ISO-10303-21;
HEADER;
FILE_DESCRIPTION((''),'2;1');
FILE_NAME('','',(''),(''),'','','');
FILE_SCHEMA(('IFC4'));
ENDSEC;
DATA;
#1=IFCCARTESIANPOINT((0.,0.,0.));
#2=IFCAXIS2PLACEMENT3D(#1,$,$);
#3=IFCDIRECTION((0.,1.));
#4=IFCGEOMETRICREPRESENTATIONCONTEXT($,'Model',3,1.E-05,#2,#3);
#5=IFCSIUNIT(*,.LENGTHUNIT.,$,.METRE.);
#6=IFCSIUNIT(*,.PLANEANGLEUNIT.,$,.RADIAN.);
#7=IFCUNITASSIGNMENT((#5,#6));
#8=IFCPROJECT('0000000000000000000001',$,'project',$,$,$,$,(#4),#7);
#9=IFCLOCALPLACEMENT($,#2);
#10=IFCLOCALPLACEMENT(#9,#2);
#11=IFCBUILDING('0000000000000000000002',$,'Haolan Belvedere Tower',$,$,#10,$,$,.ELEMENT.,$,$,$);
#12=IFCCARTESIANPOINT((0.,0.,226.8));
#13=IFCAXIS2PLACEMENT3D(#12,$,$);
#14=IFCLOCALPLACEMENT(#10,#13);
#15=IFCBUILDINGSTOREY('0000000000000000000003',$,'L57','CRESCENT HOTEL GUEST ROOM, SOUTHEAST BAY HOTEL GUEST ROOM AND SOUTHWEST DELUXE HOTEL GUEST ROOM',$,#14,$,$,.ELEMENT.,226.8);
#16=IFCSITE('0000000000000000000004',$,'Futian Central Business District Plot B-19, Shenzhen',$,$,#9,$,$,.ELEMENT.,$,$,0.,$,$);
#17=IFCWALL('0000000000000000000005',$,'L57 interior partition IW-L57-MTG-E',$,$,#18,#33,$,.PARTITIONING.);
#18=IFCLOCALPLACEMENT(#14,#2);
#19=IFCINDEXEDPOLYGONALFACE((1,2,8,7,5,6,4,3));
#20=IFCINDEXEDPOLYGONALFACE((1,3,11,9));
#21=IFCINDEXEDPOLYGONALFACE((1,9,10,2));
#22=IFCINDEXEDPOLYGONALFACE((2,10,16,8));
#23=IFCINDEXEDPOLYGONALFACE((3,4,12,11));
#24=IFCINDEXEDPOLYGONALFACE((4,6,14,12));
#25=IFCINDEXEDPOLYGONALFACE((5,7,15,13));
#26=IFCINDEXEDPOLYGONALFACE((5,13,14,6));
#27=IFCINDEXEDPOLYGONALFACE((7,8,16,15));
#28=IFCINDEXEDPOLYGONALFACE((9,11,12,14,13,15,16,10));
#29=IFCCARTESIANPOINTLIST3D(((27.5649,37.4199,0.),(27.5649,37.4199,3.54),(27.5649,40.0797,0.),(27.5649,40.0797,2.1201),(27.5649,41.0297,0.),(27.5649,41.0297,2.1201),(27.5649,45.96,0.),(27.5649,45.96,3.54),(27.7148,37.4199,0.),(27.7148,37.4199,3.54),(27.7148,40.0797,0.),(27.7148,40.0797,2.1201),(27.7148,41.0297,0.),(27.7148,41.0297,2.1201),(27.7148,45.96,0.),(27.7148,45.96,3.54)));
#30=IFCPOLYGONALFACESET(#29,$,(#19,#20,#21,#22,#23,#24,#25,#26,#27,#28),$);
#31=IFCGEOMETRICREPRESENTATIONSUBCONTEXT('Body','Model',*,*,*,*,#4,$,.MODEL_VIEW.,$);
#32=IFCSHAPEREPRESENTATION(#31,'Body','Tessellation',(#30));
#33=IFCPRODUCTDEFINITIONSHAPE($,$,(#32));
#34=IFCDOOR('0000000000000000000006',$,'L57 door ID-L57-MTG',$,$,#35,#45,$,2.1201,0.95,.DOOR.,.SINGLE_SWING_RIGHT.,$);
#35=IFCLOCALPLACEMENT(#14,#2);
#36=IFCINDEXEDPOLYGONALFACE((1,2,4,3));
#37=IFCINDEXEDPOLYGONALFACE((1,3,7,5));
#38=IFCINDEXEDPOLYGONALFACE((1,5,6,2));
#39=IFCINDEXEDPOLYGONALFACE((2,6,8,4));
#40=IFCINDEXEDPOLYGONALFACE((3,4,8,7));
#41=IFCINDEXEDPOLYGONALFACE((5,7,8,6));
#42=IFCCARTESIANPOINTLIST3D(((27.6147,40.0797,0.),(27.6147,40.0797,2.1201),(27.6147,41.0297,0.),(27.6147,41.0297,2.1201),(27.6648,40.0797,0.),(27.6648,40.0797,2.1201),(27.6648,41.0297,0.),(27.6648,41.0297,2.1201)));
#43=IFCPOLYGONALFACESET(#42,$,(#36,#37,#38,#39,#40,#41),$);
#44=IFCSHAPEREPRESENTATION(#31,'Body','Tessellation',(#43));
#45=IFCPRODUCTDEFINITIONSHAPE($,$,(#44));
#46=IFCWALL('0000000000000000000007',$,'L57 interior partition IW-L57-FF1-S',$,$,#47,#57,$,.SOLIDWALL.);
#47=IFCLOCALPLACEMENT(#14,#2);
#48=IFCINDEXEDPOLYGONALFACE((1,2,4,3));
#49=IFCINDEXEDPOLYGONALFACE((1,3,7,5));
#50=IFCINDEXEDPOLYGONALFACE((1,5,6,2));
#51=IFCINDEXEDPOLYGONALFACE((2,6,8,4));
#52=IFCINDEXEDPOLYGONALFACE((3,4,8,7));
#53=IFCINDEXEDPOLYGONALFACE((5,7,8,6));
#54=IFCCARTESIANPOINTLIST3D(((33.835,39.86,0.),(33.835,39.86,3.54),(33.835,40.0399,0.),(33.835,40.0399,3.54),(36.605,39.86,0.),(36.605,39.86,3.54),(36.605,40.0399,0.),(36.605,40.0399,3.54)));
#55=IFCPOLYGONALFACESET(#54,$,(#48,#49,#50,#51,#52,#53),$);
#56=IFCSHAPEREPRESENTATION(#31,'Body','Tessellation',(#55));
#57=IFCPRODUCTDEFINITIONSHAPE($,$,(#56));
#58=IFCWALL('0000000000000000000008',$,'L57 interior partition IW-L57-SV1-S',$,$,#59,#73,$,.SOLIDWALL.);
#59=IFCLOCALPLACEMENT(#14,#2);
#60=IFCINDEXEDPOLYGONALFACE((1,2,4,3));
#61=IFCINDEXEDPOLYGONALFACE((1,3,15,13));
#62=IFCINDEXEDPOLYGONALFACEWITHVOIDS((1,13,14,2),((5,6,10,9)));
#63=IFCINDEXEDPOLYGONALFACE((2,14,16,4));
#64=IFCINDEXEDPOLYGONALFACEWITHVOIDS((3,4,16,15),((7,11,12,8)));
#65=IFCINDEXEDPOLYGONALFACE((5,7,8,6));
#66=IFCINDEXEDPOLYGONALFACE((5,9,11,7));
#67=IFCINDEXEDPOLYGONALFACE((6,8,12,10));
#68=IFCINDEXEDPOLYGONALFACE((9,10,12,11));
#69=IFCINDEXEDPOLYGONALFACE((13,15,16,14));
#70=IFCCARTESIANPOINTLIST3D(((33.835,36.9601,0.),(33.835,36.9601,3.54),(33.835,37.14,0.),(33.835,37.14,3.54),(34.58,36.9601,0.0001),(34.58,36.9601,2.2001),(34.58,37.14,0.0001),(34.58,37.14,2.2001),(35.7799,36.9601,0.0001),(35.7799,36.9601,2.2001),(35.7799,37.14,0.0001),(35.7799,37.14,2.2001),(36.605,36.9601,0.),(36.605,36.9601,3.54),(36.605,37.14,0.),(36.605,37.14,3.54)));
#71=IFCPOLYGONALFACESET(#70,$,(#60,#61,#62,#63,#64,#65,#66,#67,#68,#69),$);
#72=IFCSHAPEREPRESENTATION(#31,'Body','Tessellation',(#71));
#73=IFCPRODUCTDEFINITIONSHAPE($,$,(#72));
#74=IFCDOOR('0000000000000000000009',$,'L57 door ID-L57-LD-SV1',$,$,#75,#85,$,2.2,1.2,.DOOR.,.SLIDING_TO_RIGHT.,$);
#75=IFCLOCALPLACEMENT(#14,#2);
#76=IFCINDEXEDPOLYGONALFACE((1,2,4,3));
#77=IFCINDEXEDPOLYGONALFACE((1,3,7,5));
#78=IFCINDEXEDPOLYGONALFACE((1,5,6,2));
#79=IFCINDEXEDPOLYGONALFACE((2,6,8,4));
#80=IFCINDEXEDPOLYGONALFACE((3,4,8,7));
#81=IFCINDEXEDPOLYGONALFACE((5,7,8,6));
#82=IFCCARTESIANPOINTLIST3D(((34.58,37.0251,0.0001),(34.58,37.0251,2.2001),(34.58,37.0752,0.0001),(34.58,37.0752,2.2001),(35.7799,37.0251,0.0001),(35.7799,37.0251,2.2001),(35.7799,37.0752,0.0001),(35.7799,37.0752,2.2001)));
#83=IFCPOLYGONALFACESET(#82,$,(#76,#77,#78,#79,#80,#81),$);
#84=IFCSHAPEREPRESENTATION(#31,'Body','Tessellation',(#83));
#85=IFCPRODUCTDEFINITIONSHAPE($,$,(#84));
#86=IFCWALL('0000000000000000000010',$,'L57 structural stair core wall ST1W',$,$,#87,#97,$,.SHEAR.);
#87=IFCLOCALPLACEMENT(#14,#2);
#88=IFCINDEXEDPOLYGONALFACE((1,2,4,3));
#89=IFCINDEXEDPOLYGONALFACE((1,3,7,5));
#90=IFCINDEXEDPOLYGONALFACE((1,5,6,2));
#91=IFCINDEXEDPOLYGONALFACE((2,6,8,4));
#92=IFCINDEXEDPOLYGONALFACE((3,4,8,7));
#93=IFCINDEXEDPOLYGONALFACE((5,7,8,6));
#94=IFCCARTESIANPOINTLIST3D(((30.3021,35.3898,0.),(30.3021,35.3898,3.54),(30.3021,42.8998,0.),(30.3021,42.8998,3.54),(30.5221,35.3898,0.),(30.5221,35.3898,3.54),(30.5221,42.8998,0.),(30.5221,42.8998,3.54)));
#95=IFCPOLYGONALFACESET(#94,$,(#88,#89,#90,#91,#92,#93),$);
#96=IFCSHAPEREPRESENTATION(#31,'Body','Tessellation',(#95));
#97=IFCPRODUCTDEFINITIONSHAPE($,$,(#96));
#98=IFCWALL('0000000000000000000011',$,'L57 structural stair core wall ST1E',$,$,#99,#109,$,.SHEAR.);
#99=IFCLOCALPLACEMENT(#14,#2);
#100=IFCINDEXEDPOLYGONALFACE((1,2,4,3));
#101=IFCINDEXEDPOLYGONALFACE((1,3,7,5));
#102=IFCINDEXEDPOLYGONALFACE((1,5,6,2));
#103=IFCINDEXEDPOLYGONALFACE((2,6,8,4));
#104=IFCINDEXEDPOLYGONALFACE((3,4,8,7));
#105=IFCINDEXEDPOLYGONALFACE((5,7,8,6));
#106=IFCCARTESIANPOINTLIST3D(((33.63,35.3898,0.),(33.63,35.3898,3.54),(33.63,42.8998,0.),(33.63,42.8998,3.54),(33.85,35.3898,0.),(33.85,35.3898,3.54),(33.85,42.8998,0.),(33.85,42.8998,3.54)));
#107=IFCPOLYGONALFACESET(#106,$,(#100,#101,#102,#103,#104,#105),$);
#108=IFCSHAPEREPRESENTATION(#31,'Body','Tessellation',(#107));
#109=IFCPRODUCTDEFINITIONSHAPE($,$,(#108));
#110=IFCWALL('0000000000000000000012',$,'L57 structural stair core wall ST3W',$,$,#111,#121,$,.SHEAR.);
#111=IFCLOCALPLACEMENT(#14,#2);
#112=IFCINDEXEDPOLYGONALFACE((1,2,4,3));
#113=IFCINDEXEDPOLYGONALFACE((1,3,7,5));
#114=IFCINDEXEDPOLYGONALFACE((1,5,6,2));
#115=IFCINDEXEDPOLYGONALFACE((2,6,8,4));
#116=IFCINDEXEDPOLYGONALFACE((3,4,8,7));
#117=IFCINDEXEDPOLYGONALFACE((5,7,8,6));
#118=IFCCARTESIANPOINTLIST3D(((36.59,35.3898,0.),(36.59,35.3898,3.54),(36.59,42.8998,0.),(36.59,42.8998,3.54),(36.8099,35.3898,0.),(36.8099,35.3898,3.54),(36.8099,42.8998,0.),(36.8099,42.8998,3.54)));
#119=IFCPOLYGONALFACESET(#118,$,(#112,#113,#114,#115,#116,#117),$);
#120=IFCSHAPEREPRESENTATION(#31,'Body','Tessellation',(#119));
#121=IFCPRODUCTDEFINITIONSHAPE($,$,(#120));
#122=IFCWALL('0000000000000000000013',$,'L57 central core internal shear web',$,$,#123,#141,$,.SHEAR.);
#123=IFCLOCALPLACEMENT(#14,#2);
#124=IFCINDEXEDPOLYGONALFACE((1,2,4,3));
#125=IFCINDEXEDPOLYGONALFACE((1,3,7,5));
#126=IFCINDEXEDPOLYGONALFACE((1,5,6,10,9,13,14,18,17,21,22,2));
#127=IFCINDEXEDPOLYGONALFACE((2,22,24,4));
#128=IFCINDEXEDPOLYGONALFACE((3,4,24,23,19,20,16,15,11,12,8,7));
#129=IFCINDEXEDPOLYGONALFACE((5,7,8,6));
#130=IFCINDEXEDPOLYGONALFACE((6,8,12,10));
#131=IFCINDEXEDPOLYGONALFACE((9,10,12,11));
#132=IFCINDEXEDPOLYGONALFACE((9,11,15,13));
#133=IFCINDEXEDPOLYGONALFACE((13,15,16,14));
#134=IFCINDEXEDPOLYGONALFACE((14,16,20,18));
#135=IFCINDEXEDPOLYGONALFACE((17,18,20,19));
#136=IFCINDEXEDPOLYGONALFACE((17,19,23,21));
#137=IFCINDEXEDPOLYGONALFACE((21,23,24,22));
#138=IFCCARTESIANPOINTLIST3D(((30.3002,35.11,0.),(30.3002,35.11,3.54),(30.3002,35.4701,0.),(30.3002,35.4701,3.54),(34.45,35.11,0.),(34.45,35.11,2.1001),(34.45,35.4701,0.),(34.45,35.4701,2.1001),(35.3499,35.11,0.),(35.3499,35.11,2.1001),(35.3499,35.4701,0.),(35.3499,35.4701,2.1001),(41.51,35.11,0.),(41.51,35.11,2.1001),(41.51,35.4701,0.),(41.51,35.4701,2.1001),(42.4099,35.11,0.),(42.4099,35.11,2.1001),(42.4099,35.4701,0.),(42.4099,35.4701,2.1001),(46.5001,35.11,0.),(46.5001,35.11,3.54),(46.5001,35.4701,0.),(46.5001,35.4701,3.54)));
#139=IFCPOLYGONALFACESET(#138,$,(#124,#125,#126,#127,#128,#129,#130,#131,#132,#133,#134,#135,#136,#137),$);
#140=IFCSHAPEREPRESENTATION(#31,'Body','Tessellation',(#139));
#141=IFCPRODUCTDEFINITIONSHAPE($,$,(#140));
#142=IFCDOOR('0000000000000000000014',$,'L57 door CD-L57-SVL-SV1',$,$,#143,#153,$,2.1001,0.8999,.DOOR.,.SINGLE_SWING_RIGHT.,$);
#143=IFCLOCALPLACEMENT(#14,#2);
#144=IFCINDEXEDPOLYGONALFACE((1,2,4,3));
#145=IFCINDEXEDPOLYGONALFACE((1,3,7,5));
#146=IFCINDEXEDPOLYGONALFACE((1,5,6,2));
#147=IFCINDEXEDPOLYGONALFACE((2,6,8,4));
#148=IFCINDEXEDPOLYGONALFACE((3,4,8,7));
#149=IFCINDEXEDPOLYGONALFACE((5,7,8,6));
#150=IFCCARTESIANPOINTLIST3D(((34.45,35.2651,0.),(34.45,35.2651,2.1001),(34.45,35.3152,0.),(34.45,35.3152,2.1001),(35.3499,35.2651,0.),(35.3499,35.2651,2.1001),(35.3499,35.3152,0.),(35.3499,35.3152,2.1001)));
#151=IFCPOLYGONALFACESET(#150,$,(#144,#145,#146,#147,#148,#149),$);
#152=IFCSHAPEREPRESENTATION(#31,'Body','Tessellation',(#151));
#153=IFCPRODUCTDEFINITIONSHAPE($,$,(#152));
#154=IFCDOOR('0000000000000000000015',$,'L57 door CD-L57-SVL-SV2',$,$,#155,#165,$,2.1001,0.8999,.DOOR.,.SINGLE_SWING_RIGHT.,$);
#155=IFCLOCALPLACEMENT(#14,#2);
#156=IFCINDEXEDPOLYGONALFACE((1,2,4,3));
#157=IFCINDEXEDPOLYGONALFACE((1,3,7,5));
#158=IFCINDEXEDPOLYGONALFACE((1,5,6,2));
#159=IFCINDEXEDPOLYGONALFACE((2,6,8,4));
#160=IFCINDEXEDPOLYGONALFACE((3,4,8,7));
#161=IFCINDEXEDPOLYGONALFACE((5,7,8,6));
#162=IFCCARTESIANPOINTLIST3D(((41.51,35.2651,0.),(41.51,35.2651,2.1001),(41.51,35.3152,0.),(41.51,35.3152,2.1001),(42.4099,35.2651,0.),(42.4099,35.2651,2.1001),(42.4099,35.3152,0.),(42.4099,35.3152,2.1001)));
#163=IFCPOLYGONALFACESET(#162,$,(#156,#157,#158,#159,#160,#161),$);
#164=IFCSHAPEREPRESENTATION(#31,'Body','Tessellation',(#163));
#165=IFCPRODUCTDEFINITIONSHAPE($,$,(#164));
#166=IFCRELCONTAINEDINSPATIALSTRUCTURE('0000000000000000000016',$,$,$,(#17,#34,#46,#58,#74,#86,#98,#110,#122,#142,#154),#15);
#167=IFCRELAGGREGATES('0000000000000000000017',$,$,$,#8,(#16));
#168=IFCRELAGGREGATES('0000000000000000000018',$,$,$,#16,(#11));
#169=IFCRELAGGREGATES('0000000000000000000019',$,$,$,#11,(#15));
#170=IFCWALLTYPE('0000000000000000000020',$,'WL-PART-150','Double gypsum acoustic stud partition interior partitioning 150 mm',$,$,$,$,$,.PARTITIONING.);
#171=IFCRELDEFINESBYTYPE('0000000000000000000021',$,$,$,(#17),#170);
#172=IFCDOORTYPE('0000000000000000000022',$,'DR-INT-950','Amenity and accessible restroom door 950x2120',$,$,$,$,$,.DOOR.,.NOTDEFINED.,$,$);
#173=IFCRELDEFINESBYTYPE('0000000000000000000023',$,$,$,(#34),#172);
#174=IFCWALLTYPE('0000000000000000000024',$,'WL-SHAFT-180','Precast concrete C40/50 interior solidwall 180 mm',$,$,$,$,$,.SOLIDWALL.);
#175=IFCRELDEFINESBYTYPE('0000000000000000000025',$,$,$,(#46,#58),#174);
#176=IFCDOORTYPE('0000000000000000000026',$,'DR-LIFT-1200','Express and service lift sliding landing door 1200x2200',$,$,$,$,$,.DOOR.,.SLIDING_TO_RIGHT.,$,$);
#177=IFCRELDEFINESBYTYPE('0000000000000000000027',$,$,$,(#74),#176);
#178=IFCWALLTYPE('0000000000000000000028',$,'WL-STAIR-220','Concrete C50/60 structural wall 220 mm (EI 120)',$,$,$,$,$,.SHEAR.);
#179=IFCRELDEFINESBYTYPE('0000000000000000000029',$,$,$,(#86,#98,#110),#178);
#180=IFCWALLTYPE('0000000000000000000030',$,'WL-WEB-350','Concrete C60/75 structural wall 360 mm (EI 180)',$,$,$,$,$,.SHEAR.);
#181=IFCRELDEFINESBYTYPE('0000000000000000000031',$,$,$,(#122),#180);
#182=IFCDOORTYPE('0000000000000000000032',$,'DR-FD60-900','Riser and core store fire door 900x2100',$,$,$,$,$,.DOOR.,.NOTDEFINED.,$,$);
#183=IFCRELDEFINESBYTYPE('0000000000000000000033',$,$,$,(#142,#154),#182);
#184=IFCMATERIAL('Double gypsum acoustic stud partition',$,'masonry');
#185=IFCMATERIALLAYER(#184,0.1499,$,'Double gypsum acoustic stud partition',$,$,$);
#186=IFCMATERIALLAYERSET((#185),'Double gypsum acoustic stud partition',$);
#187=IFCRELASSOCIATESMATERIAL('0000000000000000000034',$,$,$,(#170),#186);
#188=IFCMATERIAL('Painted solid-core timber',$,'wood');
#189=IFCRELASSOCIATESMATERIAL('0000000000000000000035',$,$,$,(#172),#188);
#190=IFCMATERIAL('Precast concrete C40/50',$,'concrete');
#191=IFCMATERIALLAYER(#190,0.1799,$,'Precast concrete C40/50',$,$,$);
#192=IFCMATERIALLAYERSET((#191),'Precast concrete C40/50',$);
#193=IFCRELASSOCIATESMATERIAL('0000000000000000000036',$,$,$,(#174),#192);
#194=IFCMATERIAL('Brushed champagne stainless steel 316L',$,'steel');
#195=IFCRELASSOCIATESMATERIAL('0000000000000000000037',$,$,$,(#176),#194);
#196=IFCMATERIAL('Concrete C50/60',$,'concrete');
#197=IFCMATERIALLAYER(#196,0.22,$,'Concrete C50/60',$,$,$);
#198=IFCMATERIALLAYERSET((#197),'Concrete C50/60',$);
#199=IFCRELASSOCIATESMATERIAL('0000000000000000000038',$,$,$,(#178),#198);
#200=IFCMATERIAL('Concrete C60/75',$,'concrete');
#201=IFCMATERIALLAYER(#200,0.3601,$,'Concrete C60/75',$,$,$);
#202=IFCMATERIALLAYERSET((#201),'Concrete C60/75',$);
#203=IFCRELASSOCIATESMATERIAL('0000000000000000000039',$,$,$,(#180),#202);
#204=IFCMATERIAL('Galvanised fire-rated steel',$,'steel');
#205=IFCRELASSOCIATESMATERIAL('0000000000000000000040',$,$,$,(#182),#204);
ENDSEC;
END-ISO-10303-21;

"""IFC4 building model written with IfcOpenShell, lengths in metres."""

from ifc_helpers import new_model, si_unit, direction, frame, frame_2d, origin, place, context, subcontext, project, spatial, rectangle, extrude, material, layer, layer_set, type_object, element, fill, save


model = new_model("IFC4")

# Units and contexts
model_context = context("Model", 3, precision=1e-05, world=origin(), true_north=direction((0.0, 1.0)))
body_context = subcontext(model_context, "Body", "Model", "MODEL_VIEW")
ifc_project = project(units=[si_unit("LENGTHUNIT", "METRE"), si_unit("PLANEANGLEUNIT", "RADIAN")], contexts=[model_context])

# Site, building, storey
site_placement = place(None, origin())
site = spatial("IfcSite", under=ifc_project, at=site_placement, Name="Futian Central Business District Plot B-19, Shenzhen", CompositionType="ELEMENT", RefElevation=0.0)
building_placement = place(site_placement, origin())
building = spatial("IfcBuilding", under=site, at=building_placement, Name="Haolan Belvedere Tower", CompositionType="ELEMENT")
storey_placement = place(building_placement, frame((0.0, 0.0, 226.8)))
storey = spatial("IfcBuildingStorey", under=building, at=storey_placement, Name="L57", Description="CRESCENT HOTEL GUEST ROOM, SOUTHEAST BAY HOTEL GUEST ROOM AND SOUTHWEST DELUXE HOTEL GUEST ROOM", CompositionType="ELEMENT", Elevation=226.8)

# Wall, opening, door
ifc_material_1 = material(Name="Double gypsum acoustic stud partition", Category="masonry")
ifc_layer_1 = layer(ifc_material_1, 0.1499, Name="Double gypsum acoustic stud partition")
ifc_layer_set_1 = layer_set([ifc_layer_1], Name="Double gypsum acoustic stud partition")
wall_type_1 = type_object("IfcWallType", Name="WL-PART-150", Description="Double gypsum acoustic stud partition interior partitioning 150 mm", PredefinedType="PARTITIONING", material=ifc_layer_set_1)
ifc_material_2 = material(Name="Painted solid-core timber", Category="wood")
door_type_1 = type_object("IfcDoorType", Name="DR-INT-950", Description="Amenity and accessible restroom door 950x2120", OperationType="NOTDEFINED", PredefinedType="DOOR", material=ifc_material_2)
wall_1_placement = place(storey_placement, frame((27.6399, 37.4199, 0.0), z_axis=(0.0, 0.0, 1.0), x_axis=(0.0, 1.0, 0.0)))
wall_1 = element("IfcWall", 1, at=wall_1_placement, inside=storey, type_object=wall_type_1, Name="L57 interior partition IW-L57-MTG-E", PredefinedType="PARTITIONING", context=body_context, shape_type="SweptSolid", body=[
    extrude(rectangle(XDim=8.54, YDim=0.1499, at=frame_2d((4.27, 0.0))), origin(), (0.0, 0.0, 1.0), 3.54),
])
opening_1_placement = place(wall_1_placement, frame((3.6099, 0.0, 0.0), z_axis=(0.0, 0.0, 1.0), x_axis=(-1.0, 0.0, 0.0)))
opening_1 = element("IfcOpeningElement", 2, at=opening_1_placement, cuts=wall_1, PredefinedType="OPENING", context=body_context, shape_type="SweptSolid", body=[
    extrude(rectangle(XDim=0.95, YDim=2.1201, at=frame_2d((0.4751, 1.0601))), frame((0.0, 0.085, 0.0), z_axis=(0.0, -1.0, 0.0), x_axis=(1.0, 0.0, 0.0)), (0.0, 0.0, 1.0), 0.1699),
])
door_1_placement = place(opening_1_placement, origin())
door_1 = element("IfcDoor", 3, at=door_1_placement, inside=storey, type_object=door_type_1, Name="L57 door ID-L57-MTG", OperationType="SINGLE_SWING_RIGHT", OverallHeight=2.1201, OverallWidth=0.95, PredefinedType="DOOR", context=body_context, shape_type="SweptSolid", body=[
    extrude(rectangle(XDim=0.95, YDim=2.1201, at=frame_2d((0.4751, 1.0601))), frame((0.0, 0.0249, 0.0), z_axis=(0.0, -1.0, 0.0), x_axis=(1.0, 0.0, 0.0)), (0.0, 0.0, 1.0), 0.05),
])
fill(opening_1, door_1)

# Wall
ifc_material_3 = material(Name="Precast concrete C40/50", Category="concrete")
ifc_layer_2 = layer(ifc_material_3, 0.1799, Name="Precast concrete C40/50")
ifc_layer_set_2 = layer_set([ifc_layer_2], Name="Precast concrete C40/50")
wall_type_2 = type_object("IfcWallType", Name="WL-SHAFT-180", Description="Precast concrete C40/50 interior solidwall 180 mm", PredefinedType="SOLIDWALL", material=ifc_layer_set_2)
wall_2_placement = place(storey_placement, frame((33.835, 39.95, 0.0), z_axis=(0.0, 0.0, 1.0), x_axis=(1.0, 0.0, 0.0)))
element("IfcWall", 4, at=wall_2_placement, inside=storey, type_object=wall_type_2, Name="L57 interior partition IW-L57-FF1-S", PredefinedType="SOLIDWALL", context=body_context, shape_type="SweptSolid", body=[
    extrude(rectangle(XDim=2.77, YDim=0.1799, at=frame_2d((1.385, 0.0))), origin(), (0.0, 0.0, 1.0), 3.54),
])

# Wall, opening, door
wall_3_placement = place(storey_placement, frame((33.835, 37.05, 0.0), z_axis=(0.0, 0.0, 1.0), x_axis=(1.0, 0.0, 0.0)))
wall_3 = element("IfcWall", 5, at=wall_3_placement, inside=storey, type_object=wall_type_2, Name="L57 interior partition IW-L57-SV1-S", PredefinedType="SOLIDWALL", context=body_context, shape_type="SweptSolid", body=[
    extrude(rectangle(XDim=2.77, YDim=0.1799, at=frame_2d((1.385, 0.0))), origin(), (0.0, 0.0, 1.0), 3.54),
])
opening_2_placement = place(wall_3_placement, frame((1.9451, 0.0, 0.0), z_axis=(0.0, 0.0, 1.0), x_axis=(-1.0, 0.0, 0.0)))
opening_2 = element("IfcOpeningElement", 6, at=opening_2_placement, cuts=wall_3, PredefinedType="OPENING", context=body_context, shape_type="SweptSolid", body=[
    extrude(rectangle(XDim=1.2, YDim=2.2, at=frame_2d((0.6001, 1.1001))), frame((0.0, 0.0999, 0.0), z_axis=(0.0, -1.0, 0.0), x_axis=(1.0, 0.0, 0.0)), (0.0, 0.0, 1.0), 0.2),
])
ifc_material_4 = material(Name="Brushed champagne stainless steel 316L", Category="steel")
door_type_2 = type_object("IfcDoorType", Name="DR-LIFT-1200", Description="Express and service lift sliding landing door 1200x2200", OperationType="SLIDING_TO_RIGHT", PredefinedType="DOOR", material=ifc_material_4)
door_2_placement = place(opening_2_placement, origin())
door_2 = element("IfcDoor", 7, at=door_2_placement, inside=storey, type_object=door_type_2, Name="L57 door ID-L57-LD-SV1", OperationType="SLIDING_TO_RIGHT", OverallHeight=2.2, OverallWidth=1.2, PredefinedType="DOOR", context=body_context, shape_type="SweptSolid", body=[
    extrude(rectangle(XDim=1.2, YDim=2.2, at=frame_2d((0.6001, 1.1001))), frame((0.0, 0.0249, 0.0), z_axis=(0.0, -1.0, 0.0), x_axis=(1.0, 0.0, 0.0)), (0.0, 0.0, 1.0), 0.05),
])
fill(opening_2, door_2)

# Walls
ifc_material_5 = material(Name="Concrete C50/60", Category="concrete")
ifc_layer_3 = layer(ifc_material_5, 0.22, Name="Concrete C50/60")
ifc_layer_set_3 = layer_set([ifc_layer_3], Name="Concrete C50/60")
wall_type_3 = type_object("IfcWallType", Name="WL-STAIR-220", Description="Concrete C50/60 structural wall 220 mm (EI 120)", PredefinedType="SHEAR", material=ifc_layer_set_3)
for number, where, z_axis, x_axis, name in (
    (8, (30.4121, 35.3899, 0.0), (0.0, 0.0, 1.0), (0.0, 1.0, 0.0), "L57 structural stair core wall ST1W"),
    (9, (33.74, 35.3899, 0.0), (0.0, 0.0, 1.0), (0.0, 1.0, 0.0), "L57 structural stair core wall ST1E"),
    (10, (36.7, 35.3899, 0.0), (0.0, 0.0, 1.0), (0.0, 1.0, 0.0), "L57 structural stair core wall ST3W"),
):
    element("IfcWall", number, at=place(storey_placement, frame(where, z_axis=z_axis, x_axis=x_axis)), inside=storey, type_object=wall_type_3, Name=name, PredefinedType="SHEAR", context=body_context, shape_type="SweptSolid", body=[
        extrude(rectangle(XDim=7.51, YDim=0.22, at=frame_2d((3.7549, 0.0))), origin(), (0.0, 0.0, 1.0), 3.54),
    ])

# Wall, openings, doors
ifc_material_6 = material(Name="Concrete C60/75", Category="concrete")
ifc_layer_4 = layer(ifc_material_6, 0.3601, Name="Concrete C60/75")
ifc_layer_set_4 = layer_set([ifc_layer_4], Name="Concrete C60/75")
wall_type_4 = type_object("IfcWallType", Name="WL-WEB-350", Description="Concrete C60/75 structural wall 360 mm (EI 180)", PredefinedType="SHEAR", material=ifc_layer_set_4)
wall_4_placement = place(storey_placement, frame((30.3, 35.29, 0.0), z_axis=(0.0, 0.0, 1.0), x_axis=(1.0, 0.0, 0.0)))
wall_4 = element("IfcWall", 11, at=wall_4_placement, inside=storey, type_object=wall_type_4, Name="L57 central core internal shear web", PredefinedType="SHEAR", context=body_context, shape_type="SweptSolid", body=[
    extrude(rectangle(XDim=16.2, YDim=0.3601, at=frame_2d((8.1001, 0.0))), origin(), (0.0, 0.0, 1.0), 3.54),
])
opening_3_placement = place(wall_4_placement, frame((5.0498, 0.0, 0.0), z_axis=(0.0, 0.0, 1.0), x_axis=(-1.0, 0.0, 0.0)))
opening_3 = element("IfcOpeningElement", 12, at=opening_3_placement, cuts=wall_4, PredefinedType="OPENING", context=body_context, shape_type="SweptSolid", body=[
    extrude(rectangle(XDim=0.8999, YDim=2.1001, at=frame_2d((0.45, 1.05))), frame((0.0, 0.1899, 0.0), z_axis=(0.0, -1.0, 0.0), x_axis=(1.0, 0.0, 0.0)), (0.0, 0.0, 1.0), 0.3801),
])
opening_4_placement = place(wall_4_placement, frame((12.1099, 0.0, 0.0), z_axis=(0.0, 0.0, 1.0), x_axis=(-1.0, 0.0, 0.0)))
opening_4 = element("IfcOpeningElement", 13, at=opening_4_placement, cuts=wall_4, PredefinedType="OPENING", context=body_context, shape_type="SweptSolid", body=[
    extrude(rectangle(XDim=0.8999, YDim=2.1001, at=frame_2d((0.45, 1.05))), frame((0.0, 0.1899, 0.0), z_axis=(0.0, -1.0, 0.0), x_axis=(1.0, 0.0, 0.0)), (0.0, 0.0, 1.0), 0.3801),
])
ifc_material_7 = material(Name="Galvanised fire-rated steel", Category="steel")
door_type_3 = type_object("IfcDoorType", Name="DR-FD60-900", Description="Riser and core store fire door 900x2100", OperationType="NOTDEFINED", PredefinedType="DOOR", material=ifc_material_7)
door_3_placement = place(opening_3_placement, origin())
door_3 = element("IfcDoor", 14, at=door_3_placement, inside=storey, type_object=door_type_3, Name="L57 door CD-L57-SVL-SV1", OperationType="SINGLE_SWING_RIGHT", OverallHeight=2.1001, OverallWidth=0.8999, PredefinedType="DOOR", context=body_context, shape_type="SweptSolid", body=[
    extrude(rectangle(XDim=0.8999, YDim=2.1001, at=frame_2d((0.45, 1.05))), frame((0.0, 0.0249, 0.0), z_axis=(0.0, -1.0, 0.0), x_axis=(1.0, 0.0, 0.0)), (0.0, 0.0, 1.0), 0.05),
])
fill(opening_3, door_3)
door_4_placement = place(opening_4_placement, origin())
door_4 = element("IfcDoor", 15, at=door_4_placement, inside=storey, type_object=door_type_3, Name="L57 door CD-L57-SVL-SV2", OperationType="SINGLE_SWING_RIGHT", OverallHeight=2.1001, OverallWidth=0.8999, PredefinedType="DOOR", context=body_context, shape_type="SweptSolid", body=[
    extrude(rectangle(XDim=0.8999, YDim=2.1001, at=frame_2d((0.45, 1.05))), frame((0.0, 0.0249, 0.0), z_axis=(0.0, -1.0, 0.0), x_axis=(1.0, 0.0, 0.0)), (0.0, 0.0, 1.0), 0.05),
])
fill(opening_4, door_4)

save(model, "model.ifc")
